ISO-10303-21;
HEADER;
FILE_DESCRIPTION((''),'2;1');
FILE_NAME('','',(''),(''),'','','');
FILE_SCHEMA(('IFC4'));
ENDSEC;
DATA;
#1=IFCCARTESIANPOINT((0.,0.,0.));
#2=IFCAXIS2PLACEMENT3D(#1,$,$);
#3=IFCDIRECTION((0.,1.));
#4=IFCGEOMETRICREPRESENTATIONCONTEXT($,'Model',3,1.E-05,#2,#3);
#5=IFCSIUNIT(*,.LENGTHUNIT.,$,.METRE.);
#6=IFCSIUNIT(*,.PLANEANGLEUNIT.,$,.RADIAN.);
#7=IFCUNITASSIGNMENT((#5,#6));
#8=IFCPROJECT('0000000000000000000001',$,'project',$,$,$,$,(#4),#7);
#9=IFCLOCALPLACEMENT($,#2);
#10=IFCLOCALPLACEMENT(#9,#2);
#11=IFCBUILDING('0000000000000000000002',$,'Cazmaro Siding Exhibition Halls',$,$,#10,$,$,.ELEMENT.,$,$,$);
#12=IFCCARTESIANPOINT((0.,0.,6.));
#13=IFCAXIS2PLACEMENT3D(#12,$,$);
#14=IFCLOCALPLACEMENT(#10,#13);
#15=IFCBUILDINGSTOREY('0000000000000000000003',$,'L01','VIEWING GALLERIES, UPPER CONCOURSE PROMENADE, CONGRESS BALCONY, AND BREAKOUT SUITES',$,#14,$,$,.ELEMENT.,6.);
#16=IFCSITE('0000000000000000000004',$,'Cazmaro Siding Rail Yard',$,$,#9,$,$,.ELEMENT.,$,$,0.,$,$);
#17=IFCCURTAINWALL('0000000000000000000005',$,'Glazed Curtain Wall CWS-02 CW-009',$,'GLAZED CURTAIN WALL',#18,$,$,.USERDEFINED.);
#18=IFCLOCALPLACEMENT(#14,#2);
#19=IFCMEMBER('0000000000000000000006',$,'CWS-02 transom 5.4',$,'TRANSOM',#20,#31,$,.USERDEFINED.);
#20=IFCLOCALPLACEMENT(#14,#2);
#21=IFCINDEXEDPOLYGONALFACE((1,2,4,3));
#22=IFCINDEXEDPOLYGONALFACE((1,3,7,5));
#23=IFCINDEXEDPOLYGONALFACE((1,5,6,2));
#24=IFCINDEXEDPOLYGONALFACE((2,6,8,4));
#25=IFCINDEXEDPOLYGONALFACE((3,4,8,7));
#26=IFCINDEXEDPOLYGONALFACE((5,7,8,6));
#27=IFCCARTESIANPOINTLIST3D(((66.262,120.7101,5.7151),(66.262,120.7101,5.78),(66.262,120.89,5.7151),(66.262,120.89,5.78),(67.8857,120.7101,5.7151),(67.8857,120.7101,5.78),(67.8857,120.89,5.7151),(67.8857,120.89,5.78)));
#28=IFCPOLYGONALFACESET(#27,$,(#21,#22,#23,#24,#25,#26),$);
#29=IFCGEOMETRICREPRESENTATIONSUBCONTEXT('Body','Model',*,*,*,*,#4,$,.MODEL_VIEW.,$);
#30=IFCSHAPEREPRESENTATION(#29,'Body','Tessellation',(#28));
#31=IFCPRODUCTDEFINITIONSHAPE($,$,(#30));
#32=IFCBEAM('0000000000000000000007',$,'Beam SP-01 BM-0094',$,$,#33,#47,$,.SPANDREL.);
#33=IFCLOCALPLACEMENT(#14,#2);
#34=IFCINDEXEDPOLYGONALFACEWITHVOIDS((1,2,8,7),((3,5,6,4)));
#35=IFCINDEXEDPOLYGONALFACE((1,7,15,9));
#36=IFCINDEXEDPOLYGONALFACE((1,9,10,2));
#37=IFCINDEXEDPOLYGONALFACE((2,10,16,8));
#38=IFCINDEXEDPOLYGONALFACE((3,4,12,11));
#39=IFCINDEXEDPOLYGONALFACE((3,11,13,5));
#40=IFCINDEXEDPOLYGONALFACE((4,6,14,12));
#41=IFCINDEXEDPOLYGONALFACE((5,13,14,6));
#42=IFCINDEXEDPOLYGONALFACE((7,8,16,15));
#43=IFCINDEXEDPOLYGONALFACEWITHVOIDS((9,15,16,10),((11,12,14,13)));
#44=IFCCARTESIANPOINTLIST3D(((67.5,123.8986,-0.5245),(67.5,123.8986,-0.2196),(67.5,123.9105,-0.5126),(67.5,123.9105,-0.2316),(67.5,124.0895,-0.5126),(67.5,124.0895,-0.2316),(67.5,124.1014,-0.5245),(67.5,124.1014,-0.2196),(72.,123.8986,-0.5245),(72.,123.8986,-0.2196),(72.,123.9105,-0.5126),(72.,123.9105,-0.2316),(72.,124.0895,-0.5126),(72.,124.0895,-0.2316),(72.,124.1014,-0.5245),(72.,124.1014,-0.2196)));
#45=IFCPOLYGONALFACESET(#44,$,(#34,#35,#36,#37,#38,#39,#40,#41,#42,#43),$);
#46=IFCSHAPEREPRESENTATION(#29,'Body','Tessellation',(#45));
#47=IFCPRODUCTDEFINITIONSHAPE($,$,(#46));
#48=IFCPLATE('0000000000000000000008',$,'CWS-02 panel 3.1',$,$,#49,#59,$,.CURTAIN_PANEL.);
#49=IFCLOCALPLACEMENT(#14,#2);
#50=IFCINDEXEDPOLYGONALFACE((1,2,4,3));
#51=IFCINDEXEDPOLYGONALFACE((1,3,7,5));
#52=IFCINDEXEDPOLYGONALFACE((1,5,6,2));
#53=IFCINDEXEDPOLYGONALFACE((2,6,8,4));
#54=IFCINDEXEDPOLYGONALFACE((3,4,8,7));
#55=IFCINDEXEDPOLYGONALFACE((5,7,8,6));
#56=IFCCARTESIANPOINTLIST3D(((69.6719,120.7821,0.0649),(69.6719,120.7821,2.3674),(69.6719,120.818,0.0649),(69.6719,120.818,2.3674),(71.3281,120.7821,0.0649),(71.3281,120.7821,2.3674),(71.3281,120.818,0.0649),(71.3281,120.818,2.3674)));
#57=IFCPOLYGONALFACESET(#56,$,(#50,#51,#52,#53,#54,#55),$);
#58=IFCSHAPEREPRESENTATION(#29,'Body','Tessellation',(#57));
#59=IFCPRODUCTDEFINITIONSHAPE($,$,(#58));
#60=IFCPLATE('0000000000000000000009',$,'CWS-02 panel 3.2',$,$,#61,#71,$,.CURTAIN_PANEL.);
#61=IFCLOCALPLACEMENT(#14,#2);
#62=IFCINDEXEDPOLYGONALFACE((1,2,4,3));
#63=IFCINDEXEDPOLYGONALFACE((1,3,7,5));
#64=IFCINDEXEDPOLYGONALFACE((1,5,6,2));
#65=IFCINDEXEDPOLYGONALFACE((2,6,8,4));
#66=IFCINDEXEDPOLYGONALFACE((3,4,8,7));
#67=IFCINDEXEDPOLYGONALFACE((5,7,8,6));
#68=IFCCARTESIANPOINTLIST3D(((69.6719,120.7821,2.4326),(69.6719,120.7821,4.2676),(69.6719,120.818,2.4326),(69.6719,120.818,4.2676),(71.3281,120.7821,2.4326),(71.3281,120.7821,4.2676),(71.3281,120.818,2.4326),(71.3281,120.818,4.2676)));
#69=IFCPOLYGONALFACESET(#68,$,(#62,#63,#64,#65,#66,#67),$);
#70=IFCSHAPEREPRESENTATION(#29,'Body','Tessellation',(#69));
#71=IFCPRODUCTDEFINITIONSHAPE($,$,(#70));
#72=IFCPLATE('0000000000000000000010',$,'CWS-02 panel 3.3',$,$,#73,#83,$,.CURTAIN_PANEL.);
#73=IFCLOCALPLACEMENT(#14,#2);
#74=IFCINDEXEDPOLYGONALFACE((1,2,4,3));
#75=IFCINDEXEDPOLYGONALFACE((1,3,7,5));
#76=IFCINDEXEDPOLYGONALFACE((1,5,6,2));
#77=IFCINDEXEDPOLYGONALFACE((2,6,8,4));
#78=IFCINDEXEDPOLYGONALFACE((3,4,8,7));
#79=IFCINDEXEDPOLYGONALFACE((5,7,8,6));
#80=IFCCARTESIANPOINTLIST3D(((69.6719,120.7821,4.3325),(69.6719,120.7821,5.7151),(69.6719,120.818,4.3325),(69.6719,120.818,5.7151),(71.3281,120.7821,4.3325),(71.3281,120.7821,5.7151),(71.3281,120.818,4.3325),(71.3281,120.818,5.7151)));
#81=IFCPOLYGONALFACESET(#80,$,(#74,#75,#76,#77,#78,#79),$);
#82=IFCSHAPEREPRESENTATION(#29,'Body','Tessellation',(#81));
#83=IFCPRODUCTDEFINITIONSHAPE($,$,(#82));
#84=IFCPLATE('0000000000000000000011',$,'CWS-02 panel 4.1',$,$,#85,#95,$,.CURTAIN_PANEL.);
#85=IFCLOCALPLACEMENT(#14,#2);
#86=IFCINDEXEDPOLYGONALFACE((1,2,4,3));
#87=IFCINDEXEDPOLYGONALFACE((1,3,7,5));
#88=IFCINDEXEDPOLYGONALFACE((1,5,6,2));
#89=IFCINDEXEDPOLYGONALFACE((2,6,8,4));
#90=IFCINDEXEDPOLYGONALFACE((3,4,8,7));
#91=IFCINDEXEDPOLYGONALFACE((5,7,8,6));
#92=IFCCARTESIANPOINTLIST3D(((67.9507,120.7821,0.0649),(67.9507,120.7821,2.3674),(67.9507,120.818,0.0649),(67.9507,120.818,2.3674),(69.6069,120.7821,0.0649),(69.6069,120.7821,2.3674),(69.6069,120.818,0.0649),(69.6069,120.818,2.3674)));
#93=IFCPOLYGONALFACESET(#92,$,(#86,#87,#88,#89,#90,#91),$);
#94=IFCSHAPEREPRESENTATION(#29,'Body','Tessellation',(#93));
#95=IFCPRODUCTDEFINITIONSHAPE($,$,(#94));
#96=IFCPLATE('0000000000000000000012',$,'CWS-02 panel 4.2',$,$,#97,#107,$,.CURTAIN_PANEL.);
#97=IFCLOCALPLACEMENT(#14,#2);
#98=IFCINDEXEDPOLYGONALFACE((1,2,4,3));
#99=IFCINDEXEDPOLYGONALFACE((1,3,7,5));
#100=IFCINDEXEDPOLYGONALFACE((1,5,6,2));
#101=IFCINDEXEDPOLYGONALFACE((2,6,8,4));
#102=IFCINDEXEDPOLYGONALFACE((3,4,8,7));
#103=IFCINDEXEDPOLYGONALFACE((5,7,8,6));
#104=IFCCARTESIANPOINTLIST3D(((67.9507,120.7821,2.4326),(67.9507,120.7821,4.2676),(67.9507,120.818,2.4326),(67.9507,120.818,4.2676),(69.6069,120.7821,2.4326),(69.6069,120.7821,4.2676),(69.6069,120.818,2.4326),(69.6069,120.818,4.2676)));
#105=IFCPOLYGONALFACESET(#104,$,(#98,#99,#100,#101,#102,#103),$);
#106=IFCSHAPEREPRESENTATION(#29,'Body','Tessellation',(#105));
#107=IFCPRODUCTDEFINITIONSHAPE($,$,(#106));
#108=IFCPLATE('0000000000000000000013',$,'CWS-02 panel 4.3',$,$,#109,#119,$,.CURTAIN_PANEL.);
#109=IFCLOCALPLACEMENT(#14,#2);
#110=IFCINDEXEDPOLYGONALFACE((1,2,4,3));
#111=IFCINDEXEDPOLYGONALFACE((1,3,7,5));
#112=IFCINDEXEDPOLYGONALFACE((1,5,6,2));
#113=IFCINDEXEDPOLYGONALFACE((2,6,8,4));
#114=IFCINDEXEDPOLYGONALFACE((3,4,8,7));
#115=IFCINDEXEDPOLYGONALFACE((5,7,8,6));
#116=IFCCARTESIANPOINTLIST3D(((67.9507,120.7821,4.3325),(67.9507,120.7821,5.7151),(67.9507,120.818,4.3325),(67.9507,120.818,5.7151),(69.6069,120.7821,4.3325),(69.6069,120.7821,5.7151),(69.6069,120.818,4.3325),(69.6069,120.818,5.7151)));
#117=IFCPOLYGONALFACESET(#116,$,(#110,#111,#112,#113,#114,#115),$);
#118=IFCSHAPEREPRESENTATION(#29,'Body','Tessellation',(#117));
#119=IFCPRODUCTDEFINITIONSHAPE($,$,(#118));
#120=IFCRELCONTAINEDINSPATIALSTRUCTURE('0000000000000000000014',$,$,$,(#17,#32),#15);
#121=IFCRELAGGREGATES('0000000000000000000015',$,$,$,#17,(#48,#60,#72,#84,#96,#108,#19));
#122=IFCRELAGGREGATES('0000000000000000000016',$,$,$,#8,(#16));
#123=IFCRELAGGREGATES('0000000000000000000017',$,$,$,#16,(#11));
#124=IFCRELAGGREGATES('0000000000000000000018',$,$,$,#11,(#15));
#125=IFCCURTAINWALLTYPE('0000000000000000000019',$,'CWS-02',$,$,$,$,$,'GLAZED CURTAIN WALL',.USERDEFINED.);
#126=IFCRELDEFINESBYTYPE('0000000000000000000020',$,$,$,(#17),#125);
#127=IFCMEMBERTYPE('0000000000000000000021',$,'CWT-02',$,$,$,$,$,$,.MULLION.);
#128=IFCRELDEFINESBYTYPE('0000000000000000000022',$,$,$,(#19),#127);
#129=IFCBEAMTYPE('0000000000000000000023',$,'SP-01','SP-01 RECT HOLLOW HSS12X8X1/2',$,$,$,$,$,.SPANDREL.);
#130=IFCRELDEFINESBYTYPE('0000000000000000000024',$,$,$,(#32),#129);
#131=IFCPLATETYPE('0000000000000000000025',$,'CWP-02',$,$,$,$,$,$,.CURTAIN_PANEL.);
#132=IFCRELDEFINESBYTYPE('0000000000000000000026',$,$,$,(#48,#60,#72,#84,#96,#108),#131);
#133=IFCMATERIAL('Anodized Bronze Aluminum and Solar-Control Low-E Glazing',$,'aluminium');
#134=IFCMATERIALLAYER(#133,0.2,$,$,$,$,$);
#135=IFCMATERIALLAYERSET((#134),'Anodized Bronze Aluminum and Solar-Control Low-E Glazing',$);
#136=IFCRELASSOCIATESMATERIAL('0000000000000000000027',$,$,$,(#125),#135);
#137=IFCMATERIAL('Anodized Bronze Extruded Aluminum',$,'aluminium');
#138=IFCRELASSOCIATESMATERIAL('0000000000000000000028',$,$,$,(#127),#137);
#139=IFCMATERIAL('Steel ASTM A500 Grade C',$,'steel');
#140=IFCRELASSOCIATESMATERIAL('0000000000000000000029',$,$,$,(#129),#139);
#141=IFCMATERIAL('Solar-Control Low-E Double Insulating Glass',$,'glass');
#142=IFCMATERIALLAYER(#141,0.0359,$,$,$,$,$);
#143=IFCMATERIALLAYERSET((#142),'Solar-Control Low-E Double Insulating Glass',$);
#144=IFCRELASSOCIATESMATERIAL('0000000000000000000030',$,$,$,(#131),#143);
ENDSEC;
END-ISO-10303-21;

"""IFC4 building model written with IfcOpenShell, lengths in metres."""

from ifc_helpers import new_model, si_unit, direction, frame, origin, origin_2d, place, context, subcontext, project, spatial, rectangle, hollow_rectangle, extrude, material, layer, layer_set, material_profile, profile_set, type_object, element, aggregate, save


model = new_model("IFC4")

# Units and contexts
model_context = context("Model", 3, precision=1e-05, world=origin(), true_north=direction((0.0, 1.0)))
body_context = subcontext(model_context, "Body", "Model", "MODEL_VIEW")
ifc_project = project(units=[si_unit("LENGTHUNIT", "METRE"), si_unit("PLANEANGLEUNIT", "RADIAN")], contexts=[model_context])

# Site, building, storey
site_placement = place(None, origin())
site = spatial("IfcSite", under=ifc_project, at=site_placement, Name="Cazmaro Siding Rail Yard", CompositionType="ELEMENT", RefElevation=0.0)
building_placement = place(site_placement, origin())
building = spatial("IfcBuilding", under=site, at=building_placement, Name="Cazmaro Siding Exhibition Halls", CompositionType="ELEMENT")
storey_placement = place(building_placement, frame((0.0, 0.0, 6.0)))
storey = spatial("IfcBuildingStorey", under=building, at=storey_placement, Name="L01", Description="VIEWING GALLERIES, UPPER CONCOURSE PROMENADE, CONGRESS BALCONY, AND BREAKOUT SUITES", CompositionType="ELEMENT", Elevation=6.0)

# Curtain wall, member
ifc_material_1 = material(Name="Anodized Bronze Aluminum and Solar-Control Low-E Glazing", Category="aluminium")
ifc_layer_1 = layer(ifc_material_1, 0.2)
ifc_layer_set_1 = layer_set([ifc_layer_1], Name="Anodized Bronze Aluminum and Solar-Control Low-E Glazing")
curtain_wall_type = type_object("IfcCurtainWallType", Name="CWS-02", ElementType="GLAZED CURTAIN WALL", PredefinedType="USERDEFINED", material=ifc_layer_set_1)
curtain_wall_placement = place(storey_placement, origin())
curtain_wall = element("IfcCurtainWall", 1, at=curtain_wall_placement, inside=storey, type_object=curtain_wall_type, Name="Glazed Curtain Wall CWS-02 CW-009", ObjectType="GLAZED CURTAIN WALL", PredefinedType="USERDEFINED")
ifc_material_2 = material(Name="Anodized Bronze Extruded Aluminum", Category="aluminium")
ifc_material_profile_1 = material_profile(ifc_material_2, rectangle(XDim=0.1799, YDim=0.0649, at=origin_2d()), Name="CWT-02")
ifc_profile_set_1 = profile_set([ifc_material_profile_1], Name="Anodized Bronze Extruded Aluminum")
member_type_1 = type_object("IfcMemberType", Name="CWT-02", PredefinedType="MULLION", material=ifc_profile_set_1)
member_1_placement = place(storey_placement, frame((67.8857, 120.8, 5.7476), z_axis=(-1.0, 0.0, 0.0), x_axis=(0.0, -1.0, 0.0)))
member_1 = element("IfcMember", 2, at=member_1_placement, type_object=member_type_1, Name="CWS-02 transom 5.4", ObjectType="TRANSOM", PredefinedType="USERDEFINED", context=body_context, shape_type="SweptSolid", body=[
    extrude(rectangle(XDim=0.1799, YDim=0.0649, at=origin_2d()), origin(), (0.0, 0.0, 1.0), 1.6238),
])

# Beam
ifc_material_3 = material(Name="Steel ASTM A500 Grade C", Category="steel")
ifc_material_profile_2 = material_profile(ifc_material_3, hollow_rectangle(XDim=0.2029, YDim=0.3049, WallThickness=0.012, at=origin_2d()), Name="HSS12X8X1/2")
ifc_profile_set_2 = profile_set([ifc_material_profile_2], Name="Steel ASTM A500 Grade C")
beam_type = type_object("IfcBeamType", Name="SP-01", Description="SP-01 RECT HOLLOW HSS12X8X1/2", PredefinedType="SPANDREL", material=ifc_profile_set_2)
beam_placement = place(storey_placement, frame((67.5, 124.0, -0.3721), z_axis=(1.0, 0.0, 0.0), x_axis=(0.0, 1.0, 0.0)))
element("IfcBeam", 3, at=beam_placement, inside=storey, type_object=beam_type, Name="Beam SP-01 BM-0094", PredefinedType="SPANDREL", context=body_context, shape_type="SweptSolid", body=[
    extrude(hollow_rectangle(XDim=0.2029, YDim=0.3049, WallThickness=0.012, at=origin_2d()), origin(), (0.0, 0.0, 1.0), 4.5),
])

# Plates
ifc_material_4 = material(Name="Solar-Control Low-E Double Insulating Glass", Category="glass")
ifc_layer_2 = layer(ifc_material_4, 0.0359)
ifc_layer_set_2 = layer_set([ifc_layer_2], Name="Solar-Control Low-E Double Insulating Glass")
plate_type = type_object("IfcPlateType", Name="CWP-02", PredefinedType="CURTAIN_PANEL", material=ifc_layer_set_2)
plate_1_placement = place(storey_placement, frame((70.5, 120.8, 0.0649), z_axis=(0.0, 0.0, 1.0), x_axis=(-1.0, 0.0, 0.0)))
plate_1 = element("IfcPlate", 4, at=plate_1_placement, type_object=plate_type, Name="CWS-02 panel 3.1", PredefinedType="CURTAIN_PANEL", context=body_context, shape_type="SweptSolid", body=[
    extrude(rectangle(XDim=1.6562, YDim=0.0359, at=origin_2d()), origin(), (0.0, 0.0, 1.0), 2.3025),
])
plate_2_placement = place(storey_placement, frame((70.5, 120.8, 2.4326), z_axis=(0.0, 0.0, 1.0), x_axis=(-1.0, 0.0, 0.0)))
plate_2 = element("IfcPlate", 5, at=plate_2_placement, type_object=plate_type, Name="CWS-02 panel 3.2", PredefinedType="CURTAIN_PANEL", context=body_context, shape_type="SweptSolid", body=[
    extrude(rectangle(XDim=1.6562, YDim=0.0359, at=origin_2d()), origin(), (0.0, 0.0, 1.0), 1.835),
])
plate_3_placement = place(storey_placement, frame((70.5, 120.8, 4.3325), z_axis=(0.0, 0.0, 1.0), x_axis=(-1.0, 0.0, 0.0)))
plate_3 = element("IfcPlate", 6, at=plate_3_placement, type_object=plate_type, Name="CWS-02 panel 3.3", PredefinedType="CURTAIN_PANEL", context=body_context, shape_type="SweptSolid", body=[
    extrude(rectangle(XDim=1.6562, YDim=0.0359, at=origin_2d()), origin(), (0.0, 0.0, 1.0), 1.3826),
])
plate_4_placement = place(storey_placement, frame((68.7788, 120.8, 0.0649), z_axis=(0.0, 0.0, 1.0), x_axis=(-1.0, 0.0, 0.0)))
plate_4 = element("IfcPlate", 7, at=plate_4_placement, type_object=plate_type, Name="CWS-02 panel 4.1", PredefinedType="CURTAIN_PANEL", context=body_context, shape_type="SweptSolid", body=[
    extrude(rectangle(XDim=1.6562, YDim=0.0359, at=origin_2d()), origin(), (0.0, 0.0, 1.0), 2.3025),
])
plate_5_placement = place(storey_placement, frame((68.7788, 120.8, 2.4326), z_axis=(0.0, 0.0, 1.0), x_axis=(-1.0, 0.0, 0.0)))
plate_5 = element("IfcPlate", 8, at=plate_5_placement, type_object=plate_type, Name="CWS-02 panel 4.2", PredefinedType="CURTAIN_PANEL", context=body_context, shape_type="SweptSolid", body=[
    extrude(rectangle(XDim=1.6562, YDim=0.0359, at=origin_2d()), origin(), (0.0, 0.0, 1.0), 1.835),
])
plate_6_placement = place(storey_placement, frame((68.7788, 120.8, 4.3325), z_axis=(0.0, 0.0, 1.0), x_axis=(-1.0, 0.0, 0.0)))
plate_6 = element("IfcPlate", 9, at=plate_6_placement, type_object=plate_type, Name="CWS-02 panel 4.3", PredefinedType="CURTAIN_PANEL", context=body_context, shape_type="SweptSolid", body=[
    extrude(rectangle(XDim=1.6562, YDim=0.0359, at=origin_2d()), origin(), (0.0, 0.0, 1.0), 1.3826),
])
aggregate(curtain_wall, [plate_1, plate_2, plate_3, plate_4, plate_5, plate_6, member_1])

save(model, "model.ifc")
